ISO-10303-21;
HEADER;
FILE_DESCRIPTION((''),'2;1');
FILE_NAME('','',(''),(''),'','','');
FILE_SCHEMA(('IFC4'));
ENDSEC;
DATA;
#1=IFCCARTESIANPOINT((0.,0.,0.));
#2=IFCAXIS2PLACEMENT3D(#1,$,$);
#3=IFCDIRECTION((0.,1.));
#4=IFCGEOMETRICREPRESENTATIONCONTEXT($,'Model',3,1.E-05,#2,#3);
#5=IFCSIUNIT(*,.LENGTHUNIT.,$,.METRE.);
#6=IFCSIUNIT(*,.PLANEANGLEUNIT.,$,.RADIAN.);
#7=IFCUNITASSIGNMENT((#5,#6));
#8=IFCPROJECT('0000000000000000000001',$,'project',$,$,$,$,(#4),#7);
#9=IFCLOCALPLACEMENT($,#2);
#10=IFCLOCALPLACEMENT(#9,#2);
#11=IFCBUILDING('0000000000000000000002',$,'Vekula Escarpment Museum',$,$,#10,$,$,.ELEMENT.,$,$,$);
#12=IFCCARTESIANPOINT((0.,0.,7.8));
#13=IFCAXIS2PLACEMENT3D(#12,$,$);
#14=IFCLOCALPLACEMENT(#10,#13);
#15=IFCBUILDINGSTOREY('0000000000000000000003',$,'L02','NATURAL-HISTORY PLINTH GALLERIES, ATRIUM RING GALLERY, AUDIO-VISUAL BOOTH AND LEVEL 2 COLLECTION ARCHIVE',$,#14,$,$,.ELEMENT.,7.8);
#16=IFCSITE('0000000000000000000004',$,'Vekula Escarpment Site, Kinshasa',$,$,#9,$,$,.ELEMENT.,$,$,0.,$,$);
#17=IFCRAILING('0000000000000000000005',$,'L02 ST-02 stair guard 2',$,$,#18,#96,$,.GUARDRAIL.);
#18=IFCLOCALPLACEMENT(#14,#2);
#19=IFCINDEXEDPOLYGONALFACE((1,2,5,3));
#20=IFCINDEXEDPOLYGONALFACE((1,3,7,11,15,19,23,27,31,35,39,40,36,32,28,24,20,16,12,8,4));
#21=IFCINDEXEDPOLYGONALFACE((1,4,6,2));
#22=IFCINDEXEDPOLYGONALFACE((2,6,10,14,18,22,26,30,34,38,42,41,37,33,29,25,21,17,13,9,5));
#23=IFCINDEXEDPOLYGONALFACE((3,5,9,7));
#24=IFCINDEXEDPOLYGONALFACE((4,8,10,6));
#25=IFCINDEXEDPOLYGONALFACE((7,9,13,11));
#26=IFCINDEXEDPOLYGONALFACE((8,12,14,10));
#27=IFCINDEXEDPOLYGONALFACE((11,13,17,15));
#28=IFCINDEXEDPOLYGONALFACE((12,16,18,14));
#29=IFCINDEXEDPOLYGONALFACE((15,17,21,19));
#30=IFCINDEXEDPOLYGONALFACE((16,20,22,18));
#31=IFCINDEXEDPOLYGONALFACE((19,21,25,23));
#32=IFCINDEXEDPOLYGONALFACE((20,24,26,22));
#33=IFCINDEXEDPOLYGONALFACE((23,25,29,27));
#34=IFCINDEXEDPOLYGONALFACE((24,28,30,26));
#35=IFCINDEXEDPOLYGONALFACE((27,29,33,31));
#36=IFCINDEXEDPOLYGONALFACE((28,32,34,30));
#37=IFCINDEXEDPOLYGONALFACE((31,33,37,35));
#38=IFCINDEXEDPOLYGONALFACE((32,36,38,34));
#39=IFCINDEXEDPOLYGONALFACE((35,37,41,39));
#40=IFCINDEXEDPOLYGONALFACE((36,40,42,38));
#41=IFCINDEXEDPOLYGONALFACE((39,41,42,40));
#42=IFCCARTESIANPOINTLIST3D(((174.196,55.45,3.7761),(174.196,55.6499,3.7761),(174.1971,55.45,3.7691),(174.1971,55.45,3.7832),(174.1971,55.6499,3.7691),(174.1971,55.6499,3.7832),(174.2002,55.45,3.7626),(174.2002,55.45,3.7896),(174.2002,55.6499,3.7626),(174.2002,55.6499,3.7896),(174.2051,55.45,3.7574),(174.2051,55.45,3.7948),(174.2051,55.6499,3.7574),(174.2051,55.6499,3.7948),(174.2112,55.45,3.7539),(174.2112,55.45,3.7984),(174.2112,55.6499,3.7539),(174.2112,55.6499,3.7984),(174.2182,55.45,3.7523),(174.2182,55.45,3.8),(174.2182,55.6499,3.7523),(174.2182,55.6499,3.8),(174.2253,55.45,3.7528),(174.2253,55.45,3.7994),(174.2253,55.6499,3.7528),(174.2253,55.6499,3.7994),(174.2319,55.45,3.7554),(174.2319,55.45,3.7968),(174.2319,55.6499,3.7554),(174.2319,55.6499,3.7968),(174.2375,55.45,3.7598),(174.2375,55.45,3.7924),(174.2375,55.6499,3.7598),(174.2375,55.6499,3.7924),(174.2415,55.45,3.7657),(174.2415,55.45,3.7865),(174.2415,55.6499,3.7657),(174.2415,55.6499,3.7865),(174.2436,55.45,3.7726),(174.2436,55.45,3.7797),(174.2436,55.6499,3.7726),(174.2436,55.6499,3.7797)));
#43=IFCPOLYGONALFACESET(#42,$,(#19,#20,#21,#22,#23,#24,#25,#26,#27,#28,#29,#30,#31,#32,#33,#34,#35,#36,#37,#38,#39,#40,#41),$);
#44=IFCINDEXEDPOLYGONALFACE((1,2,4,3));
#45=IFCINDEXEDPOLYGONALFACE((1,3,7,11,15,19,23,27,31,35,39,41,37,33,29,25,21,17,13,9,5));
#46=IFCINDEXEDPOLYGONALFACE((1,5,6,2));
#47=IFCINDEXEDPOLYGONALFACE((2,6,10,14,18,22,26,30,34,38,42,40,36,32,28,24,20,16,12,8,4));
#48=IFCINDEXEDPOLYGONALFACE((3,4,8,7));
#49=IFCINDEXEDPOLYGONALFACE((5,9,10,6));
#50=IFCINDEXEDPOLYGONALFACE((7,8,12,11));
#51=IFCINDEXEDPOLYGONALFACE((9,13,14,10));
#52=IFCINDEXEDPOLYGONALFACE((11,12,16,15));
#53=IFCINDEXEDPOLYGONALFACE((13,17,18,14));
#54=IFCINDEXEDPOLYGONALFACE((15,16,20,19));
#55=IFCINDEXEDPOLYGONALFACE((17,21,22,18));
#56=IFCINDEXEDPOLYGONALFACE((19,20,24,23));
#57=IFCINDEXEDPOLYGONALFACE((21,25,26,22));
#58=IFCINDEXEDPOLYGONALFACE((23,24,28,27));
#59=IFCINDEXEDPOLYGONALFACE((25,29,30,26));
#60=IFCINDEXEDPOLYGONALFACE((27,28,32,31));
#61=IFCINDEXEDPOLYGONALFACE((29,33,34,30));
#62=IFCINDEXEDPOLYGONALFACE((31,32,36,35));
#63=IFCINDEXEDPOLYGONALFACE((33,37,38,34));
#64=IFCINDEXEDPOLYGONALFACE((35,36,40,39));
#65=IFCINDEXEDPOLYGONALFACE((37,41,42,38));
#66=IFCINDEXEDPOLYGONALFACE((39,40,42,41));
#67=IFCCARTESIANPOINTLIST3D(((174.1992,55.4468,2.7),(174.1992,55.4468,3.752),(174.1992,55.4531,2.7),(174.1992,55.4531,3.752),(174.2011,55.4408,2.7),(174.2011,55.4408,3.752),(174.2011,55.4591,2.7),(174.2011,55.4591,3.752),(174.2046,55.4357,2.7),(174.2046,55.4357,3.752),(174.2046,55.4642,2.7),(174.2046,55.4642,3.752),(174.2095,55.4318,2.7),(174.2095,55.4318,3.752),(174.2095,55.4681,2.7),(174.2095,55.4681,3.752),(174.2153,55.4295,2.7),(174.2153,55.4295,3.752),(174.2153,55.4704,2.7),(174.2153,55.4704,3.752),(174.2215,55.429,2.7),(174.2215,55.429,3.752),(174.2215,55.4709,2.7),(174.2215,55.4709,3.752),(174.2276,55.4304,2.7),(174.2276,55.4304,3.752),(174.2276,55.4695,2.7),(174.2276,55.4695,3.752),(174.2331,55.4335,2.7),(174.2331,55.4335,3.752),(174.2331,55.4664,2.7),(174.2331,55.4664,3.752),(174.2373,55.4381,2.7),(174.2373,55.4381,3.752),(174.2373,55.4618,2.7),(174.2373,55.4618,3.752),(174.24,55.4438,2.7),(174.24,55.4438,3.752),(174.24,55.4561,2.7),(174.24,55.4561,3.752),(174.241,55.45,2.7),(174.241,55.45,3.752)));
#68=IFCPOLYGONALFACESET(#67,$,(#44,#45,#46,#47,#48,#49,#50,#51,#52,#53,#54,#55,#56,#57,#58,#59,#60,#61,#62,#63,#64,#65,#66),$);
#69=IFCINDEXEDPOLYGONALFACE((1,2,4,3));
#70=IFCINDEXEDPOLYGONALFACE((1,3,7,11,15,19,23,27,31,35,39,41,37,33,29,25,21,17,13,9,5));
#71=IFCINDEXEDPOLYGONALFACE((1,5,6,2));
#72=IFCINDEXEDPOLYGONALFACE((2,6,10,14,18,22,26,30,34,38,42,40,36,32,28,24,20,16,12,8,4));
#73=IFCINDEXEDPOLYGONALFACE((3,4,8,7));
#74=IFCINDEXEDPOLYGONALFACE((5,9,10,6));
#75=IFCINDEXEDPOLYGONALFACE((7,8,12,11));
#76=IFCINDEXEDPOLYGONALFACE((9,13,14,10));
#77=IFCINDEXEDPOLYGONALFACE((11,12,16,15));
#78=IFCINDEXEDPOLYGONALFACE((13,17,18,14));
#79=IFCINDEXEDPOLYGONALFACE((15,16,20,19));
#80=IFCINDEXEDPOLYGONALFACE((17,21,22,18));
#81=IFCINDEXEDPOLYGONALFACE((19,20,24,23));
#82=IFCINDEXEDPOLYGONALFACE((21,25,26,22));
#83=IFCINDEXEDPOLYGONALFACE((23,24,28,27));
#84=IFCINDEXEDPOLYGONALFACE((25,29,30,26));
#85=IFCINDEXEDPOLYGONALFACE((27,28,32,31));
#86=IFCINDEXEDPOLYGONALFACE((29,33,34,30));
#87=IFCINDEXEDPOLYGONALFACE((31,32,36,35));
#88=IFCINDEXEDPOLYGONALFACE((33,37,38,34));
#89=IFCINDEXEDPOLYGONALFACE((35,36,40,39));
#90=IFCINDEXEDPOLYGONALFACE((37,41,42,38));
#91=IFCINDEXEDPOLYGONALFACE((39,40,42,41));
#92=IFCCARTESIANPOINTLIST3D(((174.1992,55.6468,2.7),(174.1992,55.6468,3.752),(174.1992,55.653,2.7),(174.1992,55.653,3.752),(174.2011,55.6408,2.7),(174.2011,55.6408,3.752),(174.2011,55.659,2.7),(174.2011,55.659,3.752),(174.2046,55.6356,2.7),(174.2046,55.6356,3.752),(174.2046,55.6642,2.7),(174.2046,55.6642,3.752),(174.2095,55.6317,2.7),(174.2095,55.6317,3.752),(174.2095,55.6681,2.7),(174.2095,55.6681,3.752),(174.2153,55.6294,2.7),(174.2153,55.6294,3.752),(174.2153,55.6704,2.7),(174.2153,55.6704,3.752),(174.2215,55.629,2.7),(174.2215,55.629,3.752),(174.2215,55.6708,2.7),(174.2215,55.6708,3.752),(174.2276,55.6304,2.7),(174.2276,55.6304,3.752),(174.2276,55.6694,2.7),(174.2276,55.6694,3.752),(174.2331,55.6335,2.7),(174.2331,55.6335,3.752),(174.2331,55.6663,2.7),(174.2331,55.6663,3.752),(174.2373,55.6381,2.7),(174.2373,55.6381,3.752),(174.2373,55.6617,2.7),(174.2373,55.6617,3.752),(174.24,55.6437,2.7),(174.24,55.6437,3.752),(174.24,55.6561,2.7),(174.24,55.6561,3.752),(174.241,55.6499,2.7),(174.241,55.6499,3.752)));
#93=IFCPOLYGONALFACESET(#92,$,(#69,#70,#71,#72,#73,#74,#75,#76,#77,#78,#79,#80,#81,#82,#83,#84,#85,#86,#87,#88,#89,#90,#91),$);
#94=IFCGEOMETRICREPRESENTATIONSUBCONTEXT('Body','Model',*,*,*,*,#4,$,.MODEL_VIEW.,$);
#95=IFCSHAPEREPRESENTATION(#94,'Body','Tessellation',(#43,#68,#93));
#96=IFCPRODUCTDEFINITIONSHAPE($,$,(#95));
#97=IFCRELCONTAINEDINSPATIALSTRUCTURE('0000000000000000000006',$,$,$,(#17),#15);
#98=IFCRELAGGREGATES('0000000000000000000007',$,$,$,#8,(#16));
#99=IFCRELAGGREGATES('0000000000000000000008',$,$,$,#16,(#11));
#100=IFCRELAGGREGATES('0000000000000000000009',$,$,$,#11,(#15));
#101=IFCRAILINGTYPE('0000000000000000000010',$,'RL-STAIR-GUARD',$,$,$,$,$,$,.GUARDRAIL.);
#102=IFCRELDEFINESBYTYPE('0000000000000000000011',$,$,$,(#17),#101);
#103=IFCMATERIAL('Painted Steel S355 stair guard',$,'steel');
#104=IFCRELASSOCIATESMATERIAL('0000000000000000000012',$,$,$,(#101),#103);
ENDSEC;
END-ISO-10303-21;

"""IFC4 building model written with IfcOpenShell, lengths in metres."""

from ifc_helpers import new_model, si_unit, direction, frame, origin, origin_2d, place, context, subcontext, project, spatial, circle, extrude, material, type_object, element, save


model = new_model("IFC4")

# Units and contexts
model_context = context("Model", 3, precision=1e-05, world=origin(), true_north=direction((0.0, 1.0)))
body_context = subcontext(model_context, "Body", "Model", "MODEL_VIEW")
ifc_project = project(units=[si_unit("LENGTHUNIT", "METRE"), si_unit("PLANEANGLEUNIT", "RADIAN")], contexts=[model_context])

# Site, building, storey
site_placement = place(None, origin())
site = spatial("IfcSite", under=ifc_project, at=site_placement, Name="Vekula Escarpment Site, Kinshasa", CompositionType="ELEMENT", RefElevation=0.0)
building_placement = place(site_placement, origin())
building = spatial("IfcBuilding", under=site, at=building_placement, Name="Vekula Escarpment Museum", CompositionType="ELEMENT")
storey_placement = place(building_placement, frame((0.0, 0.0, 7.8)))
storey = spatial("IfcBuildingStorey", under=building, at=storey_placement, Name="L02", Description="NATURAL-HISTORY PLINTH GALLERIES, ATRIUM RING GALLERY, AUDIO-VISUAL BOOTH AND LEVEL 2 COLLECTION ARCHIVE", CompositionType="ELEMENT", Elevation=7.8)

# Railing
ifc_material_1 = material(Name="Painted Steel S355 stair guard", Category="steel")
railing_type_1 = type_object("IfcRailingType", Name="RL-STAIR-GUARD", PredefinedType="GUARDRAIL", material=ifc_material_1)
railing_1_placement = place(storey_placement, frame((174.22, 55.45, 2.7)))
element("IfcRailing", 1, at=railing_1_placement, inside=storey, type_object=railing_type_1, Name="L02 ST-02 stair guard 2", PredefinedType="GUARDRAIL", context=body_context, shape_type="SweptSolid", body=[
    extrude(circle(Radius=0.0239, at=origin_2d()), frame((0.0, 0.0, 1.0762), z_axis=(0.0, 1.0, 0.0), x_axis=(-1.0, 0.0, 0.0)), (0.0, 0.0, 1.0), 0.2),
    extrude(circle(Radius=0.021, at=origin_2d()), origin(), (0.0, 0.0, 1.0), 1.052),
    extrude(circle(Radius=0.021, at=origin_2d()), frame((0.0, 0.2, 0.0)), (0.0, 0.0, 1.0), 1.052),
])

save(model, "model.ifc")
